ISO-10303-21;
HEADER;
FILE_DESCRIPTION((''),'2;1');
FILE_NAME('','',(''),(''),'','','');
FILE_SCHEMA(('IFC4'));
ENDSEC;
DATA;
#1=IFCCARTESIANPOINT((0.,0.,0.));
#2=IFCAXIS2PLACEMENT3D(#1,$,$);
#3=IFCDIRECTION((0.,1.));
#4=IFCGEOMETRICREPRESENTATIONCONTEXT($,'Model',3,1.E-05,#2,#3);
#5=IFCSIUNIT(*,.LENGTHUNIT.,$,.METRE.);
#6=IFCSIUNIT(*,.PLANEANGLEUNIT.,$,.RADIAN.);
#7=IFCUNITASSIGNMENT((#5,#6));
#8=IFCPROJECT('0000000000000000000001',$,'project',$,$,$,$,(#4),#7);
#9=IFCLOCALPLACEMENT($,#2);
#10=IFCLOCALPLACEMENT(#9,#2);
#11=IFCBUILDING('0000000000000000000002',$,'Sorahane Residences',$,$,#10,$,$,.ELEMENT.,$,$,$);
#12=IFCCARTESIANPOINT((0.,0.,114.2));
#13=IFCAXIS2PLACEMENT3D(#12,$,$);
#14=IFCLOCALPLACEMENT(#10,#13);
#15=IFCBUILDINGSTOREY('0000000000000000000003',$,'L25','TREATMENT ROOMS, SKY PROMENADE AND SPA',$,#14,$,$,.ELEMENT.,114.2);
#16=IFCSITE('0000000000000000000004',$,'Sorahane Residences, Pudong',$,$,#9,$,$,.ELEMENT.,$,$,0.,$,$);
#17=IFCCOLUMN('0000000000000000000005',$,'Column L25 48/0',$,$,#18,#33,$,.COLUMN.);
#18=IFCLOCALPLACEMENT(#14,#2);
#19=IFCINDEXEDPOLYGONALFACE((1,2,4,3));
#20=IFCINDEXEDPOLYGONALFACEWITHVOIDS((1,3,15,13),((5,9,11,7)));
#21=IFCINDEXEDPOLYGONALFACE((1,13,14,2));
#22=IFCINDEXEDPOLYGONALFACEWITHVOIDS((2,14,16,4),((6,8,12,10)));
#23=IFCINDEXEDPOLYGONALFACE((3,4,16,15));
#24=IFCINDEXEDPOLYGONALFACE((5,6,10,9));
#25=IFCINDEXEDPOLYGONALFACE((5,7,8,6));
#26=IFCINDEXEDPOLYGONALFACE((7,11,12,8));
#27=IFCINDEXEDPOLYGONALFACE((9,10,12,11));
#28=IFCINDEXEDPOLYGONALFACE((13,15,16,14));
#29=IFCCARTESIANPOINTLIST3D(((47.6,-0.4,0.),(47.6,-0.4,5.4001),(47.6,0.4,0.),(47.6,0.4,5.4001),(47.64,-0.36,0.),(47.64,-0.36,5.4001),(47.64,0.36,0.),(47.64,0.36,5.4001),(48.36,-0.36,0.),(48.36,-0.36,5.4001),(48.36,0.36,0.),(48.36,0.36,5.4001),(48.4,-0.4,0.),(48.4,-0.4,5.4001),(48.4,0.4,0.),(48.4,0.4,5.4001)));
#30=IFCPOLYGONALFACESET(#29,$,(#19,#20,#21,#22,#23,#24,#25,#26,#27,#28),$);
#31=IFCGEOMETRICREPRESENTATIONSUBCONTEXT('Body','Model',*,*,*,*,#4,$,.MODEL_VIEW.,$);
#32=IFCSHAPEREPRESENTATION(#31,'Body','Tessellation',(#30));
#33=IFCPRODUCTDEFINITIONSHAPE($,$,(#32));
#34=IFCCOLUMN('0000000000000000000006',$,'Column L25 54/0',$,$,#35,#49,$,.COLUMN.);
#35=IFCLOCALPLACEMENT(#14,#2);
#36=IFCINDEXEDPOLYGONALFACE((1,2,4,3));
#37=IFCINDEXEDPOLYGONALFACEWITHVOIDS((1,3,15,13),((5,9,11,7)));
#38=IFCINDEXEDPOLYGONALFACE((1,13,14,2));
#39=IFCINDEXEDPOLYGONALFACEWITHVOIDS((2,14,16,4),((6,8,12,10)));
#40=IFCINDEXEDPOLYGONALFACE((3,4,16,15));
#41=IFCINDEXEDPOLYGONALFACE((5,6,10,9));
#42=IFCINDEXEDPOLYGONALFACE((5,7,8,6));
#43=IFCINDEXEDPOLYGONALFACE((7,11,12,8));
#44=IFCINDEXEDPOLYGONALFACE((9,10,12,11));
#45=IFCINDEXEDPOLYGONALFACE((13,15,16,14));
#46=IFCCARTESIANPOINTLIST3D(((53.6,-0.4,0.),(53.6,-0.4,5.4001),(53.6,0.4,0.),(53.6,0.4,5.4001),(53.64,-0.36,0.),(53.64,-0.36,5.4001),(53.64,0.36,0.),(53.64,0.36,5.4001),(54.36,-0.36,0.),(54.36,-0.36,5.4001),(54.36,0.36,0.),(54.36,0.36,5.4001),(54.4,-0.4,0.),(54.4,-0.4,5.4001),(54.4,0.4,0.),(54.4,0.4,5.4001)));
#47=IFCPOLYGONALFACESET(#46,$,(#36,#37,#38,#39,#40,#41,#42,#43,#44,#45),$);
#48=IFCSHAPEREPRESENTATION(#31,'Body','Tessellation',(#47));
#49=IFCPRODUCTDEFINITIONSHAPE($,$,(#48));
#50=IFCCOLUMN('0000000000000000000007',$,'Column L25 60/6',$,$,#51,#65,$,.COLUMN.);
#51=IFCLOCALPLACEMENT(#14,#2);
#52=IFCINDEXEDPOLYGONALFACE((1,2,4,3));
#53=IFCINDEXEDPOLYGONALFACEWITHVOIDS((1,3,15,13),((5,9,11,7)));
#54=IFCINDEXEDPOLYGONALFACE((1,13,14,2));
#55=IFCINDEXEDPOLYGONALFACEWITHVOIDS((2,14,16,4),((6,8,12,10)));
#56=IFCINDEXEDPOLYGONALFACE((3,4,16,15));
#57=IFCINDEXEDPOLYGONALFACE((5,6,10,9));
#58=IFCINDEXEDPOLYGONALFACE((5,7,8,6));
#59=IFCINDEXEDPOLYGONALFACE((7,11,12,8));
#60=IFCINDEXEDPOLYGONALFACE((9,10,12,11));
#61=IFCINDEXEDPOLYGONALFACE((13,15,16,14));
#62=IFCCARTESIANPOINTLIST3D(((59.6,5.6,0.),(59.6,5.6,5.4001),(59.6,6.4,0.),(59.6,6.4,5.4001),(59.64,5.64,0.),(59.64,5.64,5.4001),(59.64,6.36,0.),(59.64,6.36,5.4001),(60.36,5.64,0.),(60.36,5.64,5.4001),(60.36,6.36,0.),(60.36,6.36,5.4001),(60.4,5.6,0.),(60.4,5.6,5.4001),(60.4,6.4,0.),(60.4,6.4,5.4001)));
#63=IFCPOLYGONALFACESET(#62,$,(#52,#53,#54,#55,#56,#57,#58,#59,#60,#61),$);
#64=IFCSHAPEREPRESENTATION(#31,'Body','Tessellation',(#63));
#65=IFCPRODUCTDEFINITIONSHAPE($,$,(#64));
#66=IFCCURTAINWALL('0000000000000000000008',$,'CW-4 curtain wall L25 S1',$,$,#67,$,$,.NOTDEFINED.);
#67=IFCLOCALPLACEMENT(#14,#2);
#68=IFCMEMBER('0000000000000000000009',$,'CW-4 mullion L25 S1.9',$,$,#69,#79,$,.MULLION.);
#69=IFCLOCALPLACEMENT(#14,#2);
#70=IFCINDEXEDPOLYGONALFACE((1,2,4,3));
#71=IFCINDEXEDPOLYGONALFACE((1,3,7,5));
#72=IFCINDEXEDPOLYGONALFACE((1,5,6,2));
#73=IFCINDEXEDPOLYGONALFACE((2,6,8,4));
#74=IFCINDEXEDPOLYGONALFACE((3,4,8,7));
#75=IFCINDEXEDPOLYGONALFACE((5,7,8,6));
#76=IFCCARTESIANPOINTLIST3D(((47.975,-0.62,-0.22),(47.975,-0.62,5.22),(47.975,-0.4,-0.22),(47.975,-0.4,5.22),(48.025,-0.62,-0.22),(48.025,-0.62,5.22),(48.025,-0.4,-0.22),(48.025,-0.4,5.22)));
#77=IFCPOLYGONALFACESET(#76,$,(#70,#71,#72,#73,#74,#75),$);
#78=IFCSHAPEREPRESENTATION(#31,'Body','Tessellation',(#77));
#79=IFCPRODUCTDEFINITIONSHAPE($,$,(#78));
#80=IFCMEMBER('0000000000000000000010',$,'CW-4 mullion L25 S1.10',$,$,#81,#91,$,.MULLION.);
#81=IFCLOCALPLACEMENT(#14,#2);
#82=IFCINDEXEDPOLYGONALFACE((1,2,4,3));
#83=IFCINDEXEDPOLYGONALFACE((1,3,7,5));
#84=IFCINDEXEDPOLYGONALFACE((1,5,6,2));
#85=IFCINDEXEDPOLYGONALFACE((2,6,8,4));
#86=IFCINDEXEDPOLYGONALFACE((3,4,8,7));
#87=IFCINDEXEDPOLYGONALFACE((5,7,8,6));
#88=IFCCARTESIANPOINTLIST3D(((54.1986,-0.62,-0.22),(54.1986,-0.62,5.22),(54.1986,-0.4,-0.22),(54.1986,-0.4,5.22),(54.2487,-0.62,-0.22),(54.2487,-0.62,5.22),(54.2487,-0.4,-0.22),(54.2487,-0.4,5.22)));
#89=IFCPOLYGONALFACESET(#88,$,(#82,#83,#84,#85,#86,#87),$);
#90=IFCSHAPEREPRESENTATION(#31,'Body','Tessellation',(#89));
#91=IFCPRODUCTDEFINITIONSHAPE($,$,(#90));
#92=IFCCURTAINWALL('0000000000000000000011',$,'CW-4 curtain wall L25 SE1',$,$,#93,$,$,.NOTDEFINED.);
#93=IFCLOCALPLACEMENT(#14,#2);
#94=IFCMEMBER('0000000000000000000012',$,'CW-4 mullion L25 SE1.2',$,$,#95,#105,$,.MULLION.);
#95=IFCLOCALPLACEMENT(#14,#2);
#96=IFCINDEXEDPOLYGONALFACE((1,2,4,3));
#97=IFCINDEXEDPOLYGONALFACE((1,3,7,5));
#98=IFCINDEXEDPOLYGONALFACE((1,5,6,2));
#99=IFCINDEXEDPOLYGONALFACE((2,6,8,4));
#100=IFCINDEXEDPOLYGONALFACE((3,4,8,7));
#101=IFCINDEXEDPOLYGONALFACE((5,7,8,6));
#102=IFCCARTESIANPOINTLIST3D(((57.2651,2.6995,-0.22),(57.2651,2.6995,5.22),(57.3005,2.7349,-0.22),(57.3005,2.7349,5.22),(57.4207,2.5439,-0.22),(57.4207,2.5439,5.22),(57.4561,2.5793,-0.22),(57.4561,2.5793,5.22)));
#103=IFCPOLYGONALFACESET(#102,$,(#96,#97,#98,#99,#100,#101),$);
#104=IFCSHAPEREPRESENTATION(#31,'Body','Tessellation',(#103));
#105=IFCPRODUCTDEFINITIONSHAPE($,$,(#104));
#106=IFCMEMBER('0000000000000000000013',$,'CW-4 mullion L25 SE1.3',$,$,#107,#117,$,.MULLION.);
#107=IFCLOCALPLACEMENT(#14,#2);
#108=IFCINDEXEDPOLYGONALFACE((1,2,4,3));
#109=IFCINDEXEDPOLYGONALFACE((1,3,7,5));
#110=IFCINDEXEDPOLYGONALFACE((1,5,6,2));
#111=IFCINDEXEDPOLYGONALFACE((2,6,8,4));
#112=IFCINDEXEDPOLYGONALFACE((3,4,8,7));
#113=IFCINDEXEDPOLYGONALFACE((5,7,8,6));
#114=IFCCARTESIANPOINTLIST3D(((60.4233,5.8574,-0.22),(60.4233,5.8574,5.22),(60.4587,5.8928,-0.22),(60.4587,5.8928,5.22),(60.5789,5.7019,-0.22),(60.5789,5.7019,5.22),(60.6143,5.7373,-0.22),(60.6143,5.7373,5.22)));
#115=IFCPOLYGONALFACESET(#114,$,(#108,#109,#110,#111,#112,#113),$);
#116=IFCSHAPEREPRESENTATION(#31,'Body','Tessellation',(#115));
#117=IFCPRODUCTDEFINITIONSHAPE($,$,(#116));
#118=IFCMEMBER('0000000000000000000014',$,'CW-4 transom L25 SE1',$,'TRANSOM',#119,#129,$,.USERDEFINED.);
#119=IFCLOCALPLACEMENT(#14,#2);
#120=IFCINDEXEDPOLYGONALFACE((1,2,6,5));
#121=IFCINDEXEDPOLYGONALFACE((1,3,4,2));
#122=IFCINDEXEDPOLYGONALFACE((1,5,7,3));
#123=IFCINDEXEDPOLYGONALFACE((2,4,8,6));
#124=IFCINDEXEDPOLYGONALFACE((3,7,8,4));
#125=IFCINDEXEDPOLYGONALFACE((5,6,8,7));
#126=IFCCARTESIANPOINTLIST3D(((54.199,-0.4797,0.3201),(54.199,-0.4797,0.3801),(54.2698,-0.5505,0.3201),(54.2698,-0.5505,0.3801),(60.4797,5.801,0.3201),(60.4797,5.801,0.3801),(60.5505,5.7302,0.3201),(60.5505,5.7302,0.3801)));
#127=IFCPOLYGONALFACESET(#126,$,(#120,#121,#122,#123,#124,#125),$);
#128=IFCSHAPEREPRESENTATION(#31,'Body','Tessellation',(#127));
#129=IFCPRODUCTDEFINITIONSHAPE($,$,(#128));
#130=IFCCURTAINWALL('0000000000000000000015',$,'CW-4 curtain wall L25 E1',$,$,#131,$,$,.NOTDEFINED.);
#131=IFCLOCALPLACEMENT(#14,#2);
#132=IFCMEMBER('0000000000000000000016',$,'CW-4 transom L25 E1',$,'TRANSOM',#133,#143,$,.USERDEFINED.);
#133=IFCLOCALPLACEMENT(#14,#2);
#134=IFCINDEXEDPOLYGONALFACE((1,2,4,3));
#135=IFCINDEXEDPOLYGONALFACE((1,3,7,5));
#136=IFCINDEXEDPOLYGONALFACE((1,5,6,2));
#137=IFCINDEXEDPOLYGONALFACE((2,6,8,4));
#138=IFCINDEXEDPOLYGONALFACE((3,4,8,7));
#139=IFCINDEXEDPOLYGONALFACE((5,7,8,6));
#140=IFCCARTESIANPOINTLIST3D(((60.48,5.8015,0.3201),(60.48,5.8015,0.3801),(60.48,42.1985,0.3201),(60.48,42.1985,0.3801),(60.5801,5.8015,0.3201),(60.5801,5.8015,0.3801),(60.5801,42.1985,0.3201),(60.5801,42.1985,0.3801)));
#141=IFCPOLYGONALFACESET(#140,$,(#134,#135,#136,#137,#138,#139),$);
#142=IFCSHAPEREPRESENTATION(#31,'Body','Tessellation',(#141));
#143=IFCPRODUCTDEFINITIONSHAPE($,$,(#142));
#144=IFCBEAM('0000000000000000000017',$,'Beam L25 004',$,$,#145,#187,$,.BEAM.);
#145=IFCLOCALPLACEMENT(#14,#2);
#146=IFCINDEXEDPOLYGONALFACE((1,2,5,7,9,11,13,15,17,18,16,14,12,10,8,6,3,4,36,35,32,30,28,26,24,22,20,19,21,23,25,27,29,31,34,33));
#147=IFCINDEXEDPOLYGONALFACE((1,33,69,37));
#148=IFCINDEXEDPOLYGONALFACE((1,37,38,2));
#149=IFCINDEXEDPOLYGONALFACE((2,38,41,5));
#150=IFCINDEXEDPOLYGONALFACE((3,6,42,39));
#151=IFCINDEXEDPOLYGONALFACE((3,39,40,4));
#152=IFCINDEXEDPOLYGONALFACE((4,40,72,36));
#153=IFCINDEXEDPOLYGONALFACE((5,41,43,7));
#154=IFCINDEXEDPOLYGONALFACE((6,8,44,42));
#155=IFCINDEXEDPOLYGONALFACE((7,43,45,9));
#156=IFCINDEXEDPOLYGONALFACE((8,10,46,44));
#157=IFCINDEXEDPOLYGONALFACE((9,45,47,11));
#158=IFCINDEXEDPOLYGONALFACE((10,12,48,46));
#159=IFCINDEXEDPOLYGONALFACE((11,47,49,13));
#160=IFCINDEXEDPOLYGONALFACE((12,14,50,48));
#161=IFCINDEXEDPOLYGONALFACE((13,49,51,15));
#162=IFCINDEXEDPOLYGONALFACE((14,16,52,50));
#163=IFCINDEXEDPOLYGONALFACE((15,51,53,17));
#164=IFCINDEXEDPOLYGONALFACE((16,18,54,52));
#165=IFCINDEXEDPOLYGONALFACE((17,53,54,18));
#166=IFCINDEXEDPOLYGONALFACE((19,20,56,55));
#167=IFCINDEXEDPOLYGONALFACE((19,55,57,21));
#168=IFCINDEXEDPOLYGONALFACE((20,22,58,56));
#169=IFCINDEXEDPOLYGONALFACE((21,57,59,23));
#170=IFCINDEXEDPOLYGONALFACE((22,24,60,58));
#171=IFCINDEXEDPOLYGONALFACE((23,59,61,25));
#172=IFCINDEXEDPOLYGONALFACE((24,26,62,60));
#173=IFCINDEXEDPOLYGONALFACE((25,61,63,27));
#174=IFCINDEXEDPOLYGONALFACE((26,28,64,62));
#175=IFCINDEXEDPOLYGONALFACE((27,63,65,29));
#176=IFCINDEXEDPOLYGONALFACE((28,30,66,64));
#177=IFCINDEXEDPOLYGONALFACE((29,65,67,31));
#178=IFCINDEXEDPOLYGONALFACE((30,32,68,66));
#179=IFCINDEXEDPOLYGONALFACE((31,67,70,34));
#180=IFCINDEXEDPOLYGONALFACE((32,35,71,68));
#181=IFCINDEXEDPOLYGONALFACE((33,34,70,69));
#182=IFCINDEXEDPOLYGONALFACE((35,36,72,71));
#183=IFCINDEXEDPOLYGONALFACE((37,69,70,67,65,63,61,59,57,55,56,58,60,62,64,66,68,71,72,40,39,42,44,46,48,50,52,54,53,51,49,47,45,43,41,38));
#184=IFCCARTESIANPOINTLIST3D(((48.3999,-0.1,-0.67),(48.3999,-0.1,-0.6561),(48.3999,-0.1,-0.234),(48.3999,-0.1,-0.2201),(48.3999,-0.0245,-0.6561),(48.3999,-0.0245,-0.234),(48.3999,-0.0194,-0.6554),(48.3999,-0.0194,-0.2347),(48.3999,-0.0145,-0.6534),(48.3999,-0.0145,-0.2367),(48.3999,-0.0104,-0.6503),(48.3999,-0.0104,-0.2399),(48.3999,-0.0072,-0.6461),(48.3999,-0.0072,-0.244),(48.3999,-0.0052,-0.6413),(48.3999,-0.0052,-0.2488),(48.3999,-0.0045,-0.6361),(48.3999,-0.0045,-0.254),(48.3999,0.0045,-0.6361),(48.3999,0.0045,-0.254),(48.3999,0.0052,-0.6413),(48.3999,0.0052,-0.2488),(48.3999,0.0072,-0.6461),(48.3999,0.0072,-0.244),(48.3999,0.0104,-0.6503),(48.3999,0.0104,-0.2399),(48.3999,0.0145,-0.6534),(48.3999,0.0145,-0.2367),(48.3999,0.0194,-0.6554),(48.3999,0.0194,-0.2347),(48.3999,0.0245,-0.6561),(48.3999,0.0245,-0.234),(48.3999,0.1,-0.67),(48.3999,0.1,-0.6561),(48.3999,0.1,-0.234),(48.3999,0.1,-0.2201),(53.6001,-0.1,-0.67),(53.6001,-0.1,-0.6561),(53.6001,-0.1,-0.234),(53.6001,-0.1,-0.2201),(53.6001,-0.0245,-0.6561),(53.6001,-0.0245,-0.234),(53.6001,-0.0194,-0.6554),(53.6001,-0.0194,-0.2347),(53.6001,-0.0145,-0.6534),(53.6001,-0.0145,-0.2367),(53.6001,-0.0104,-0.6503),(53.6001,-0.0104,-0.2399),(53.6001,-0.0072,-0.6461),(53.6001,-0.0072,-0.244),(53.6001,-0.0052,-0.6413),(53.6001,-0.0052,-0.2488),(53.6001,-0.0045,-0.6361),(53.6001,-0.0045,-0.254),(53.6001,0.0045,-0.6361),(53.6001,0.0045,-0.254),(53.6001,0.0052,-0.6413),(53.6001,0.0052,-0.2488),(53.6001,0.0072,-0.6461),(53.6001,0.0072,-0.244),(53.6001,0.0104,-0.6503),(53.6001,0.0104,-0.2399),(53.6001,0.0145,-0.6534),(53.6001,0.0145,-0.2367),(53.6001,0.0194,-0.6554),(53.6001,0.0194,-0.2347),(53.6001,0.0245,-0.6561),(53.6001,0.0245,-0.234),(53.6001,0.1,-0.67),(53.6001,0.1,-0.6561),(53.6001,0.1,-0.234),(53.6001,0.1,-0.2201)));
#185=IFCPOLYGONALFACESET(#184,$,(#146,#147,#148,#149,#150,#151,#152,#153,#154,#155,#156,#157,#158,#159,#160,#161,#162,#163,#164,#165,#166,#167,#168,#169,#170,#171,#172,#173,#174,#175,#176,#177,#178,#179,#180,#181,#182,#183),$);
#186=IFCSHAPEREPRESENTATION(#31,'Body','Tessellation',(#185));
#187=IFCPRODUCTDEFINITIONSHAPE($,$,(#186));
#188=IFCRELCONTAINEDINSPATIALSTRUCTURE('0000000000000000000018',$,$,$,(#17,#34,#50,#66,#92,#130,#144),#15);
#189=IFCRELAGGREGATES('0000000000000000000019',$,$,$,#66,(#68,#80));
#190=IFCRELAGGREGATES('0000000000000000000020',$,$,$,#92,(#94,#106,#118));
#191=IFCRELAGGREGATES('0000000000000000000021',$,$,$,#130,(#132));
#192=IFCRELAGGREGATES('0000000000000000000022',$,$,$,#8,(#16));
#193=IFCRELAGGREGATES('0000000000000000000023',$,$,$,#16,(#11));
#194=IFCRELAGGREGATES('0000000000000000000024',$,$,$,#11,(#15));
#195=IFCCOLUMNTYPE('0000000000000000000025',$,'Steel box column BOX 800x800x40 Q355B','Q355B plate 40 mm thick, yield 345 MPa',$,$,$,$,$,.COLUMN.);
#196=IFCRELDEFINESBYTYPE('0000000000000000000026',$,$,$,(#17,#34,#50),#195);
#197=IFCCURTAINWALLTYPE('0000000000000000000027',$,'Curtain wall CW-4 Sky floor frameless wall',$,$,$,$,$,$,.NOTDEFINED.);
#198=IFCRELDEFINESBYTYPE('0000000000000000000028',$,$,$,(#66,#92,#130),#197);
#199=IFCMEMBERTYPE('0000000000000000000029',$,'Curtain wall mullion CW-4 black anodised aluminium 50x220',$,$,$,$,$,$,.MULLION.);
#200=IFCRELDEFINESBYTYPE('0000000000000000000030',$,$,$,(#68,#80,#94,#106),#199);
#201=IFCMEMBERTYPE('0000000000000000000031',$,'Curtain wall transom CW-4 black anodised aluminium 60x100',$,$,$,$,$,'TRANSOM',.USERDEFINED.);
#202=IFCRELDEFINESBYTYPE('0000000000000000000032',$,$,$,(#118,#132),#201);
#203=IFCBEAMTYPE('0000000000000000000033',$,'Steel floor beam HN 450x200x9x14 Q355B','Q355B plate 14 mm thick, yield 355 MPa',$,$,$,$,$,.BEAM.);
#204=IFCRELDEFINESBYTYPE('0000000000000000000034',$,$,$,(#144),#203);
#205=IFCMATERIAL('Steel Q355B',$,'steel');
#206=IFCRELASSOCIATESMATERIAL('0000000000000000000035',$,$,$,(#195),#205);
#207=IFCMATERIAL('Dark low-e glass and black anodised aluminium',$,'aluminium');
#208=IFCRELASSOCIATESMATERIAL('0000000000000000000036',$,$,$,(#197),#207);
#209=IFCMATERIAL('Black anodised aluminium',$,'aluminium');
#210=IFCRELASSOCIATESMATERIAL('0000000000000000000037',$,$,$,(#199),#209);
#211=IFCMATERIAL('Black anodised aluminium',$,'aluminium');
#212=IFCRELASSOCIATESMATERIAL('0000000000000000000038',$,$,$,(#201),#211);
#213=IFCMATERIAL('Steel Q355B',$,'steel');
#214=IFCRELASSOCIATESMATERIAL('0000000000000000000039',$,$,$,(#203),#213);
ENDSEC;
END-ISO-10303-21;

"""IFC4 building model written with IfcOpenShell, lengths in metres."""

from ifc_helpers import new_model, si_unit, direction, frame, origin, origin_2d, place, context, subcontext, project, spatial, rectangle, hollow_rectangle, i_section, extrude, material, material_profile, profile_set, type_object, element, aggregate, save


model = new_model("IFC4")

# Units and contexts
model_context = context("Model", 3, precision=1e-05, world=origin(), true_north=direction((0.0, 1.0)))
body_context = subcontext(model_context, "Body", "Model", "MODEL_VIEW")
ifc_project = project(units=[si_unit("LENGTHUNIT", "METRE"), si_unit("PLANEANGLEUNIT", "RADIAN")], contexts=[model_context])

# Site, building, storey
site_placement = place(None, origin())
site = spatial("IfcSite", under=ifc_project, at=site_placement, Name="Sorahane Residences, Pudong", CompositionType="ELEMENT", RefElevation=0.0)
building_placement = place(site_placement, origin())
building = spatial("IfcBuilding", under=site, at=building_placement, Name="Sorahane Residences", CompositionType="ELEMENT")
storey_placement = place(building_placement, frame((0.0, 0.0, 114.2)))
storey = spatial("IfcBuildingStorey", under=building, at=storey_placement, Name="L25", Description="TREATMENT ROOMS, SKY PROMENADE AND SPA", CompositionType="ELEMENT", Elevation=114.2)

# Columns
ifc_material_1 = material(Name="Steel Q355B", Category="steel")
ifc_material_profile_1 = material_profile(ifc_material_1, hollow_rectangle(XDim=0.8, YDim=0.8, WallThickness=0.04, at=origin_2d()), Name="BOX 800x800x40")
ifc_profile_set_1 = profile_set([ifc_material_profile_1], Name="Steel Q355B")
column_type = type_object("IfcColumnType", Name="Steel box column BOX 800x800x40 Q355B", Description="Q355B plate 40 mm thick, yield 345 MPa", PredefinedType="COLUMN", material=ifc_profile_set_1)
for number, where, z_axis, x_axis, name in (
    (1, (48.0, 0.0, 0.0), (0.0, 0.0, 1.0), (1.0, 0.0, 0.0), "Column L25 48/0"),
    (2, (54.0, 0.0, 0.0), (0.0, 0.0, 1.0), (1.0, 0.0, 0.0), "Column L25 54/0"),
    (3, (60.0, 6.0, 0.0), (0.0, 0.0, 1.0), (1.0, 0.0, 0.0), "Column L25 60/6"),
):
    element("IfcColumn", number, at=place(storey_placement, frame(where, z_axis=z_axis, x_axis=x_axis)), inside=storey, type_object=column_type, Name=name, PredefinedType="COLUMN", context=body_context, shape_type="SweptSolid", body=[
        extrude(hollow_rectangle(XDim=0.8, YDim=0.8, WallThickness=0.04, at=origin_2d()), origin(), (0.0, 0.0, 1.0), 5.4001),
    ])

# Curtain walls, members
ifc_material_2 = material(Name="Dark low-e glass and black anodised aluminium", Category="aluminium")
curtain_wall_type = type_object("IfcCurtainWallType", Name="Curtain wall CW-4 Sky floor frameless wall", PredefinedType="NOTDEFINED", material=ifc_material_2)
curtain_wall_1_placement = place(storey_placement, origin())
curtain_wall_1 = element("IfcCurtainWall", 4, at=curtain_wall_1_placement, inside=storey, type_object=curtain_wall_type, Name="CW-4 curtain wall L25 S1", PredefinedType="NOTDEFINED")
ifc_material_3 = material(Name="Black anodised aluminium", Category="aluminium")
ifc_material_profile_2 = material_profile(ifc_material_3, rectangle(XDim=0.22, YDim=0.05, at=origin_2d()), Name="Curtain wall mullion CW-4 black anodised aluminium 50x220")
ifc_profile_set_2 = profile_set([ifc_material_profile_2], Name="Black anodised aluminium")
member_type_1 = type_object("IfcMemberType", Name="Curtain wall mullion CW-4 black anodised aluminium 50x220", PredefinedType="MULLION", material=ifc_profile_set_2)
member_1_placement = place(storey_placement, frame((48.0, -0.51, -0.22), z_axis=(0.0, 0.0, 1.0), x_axis=(0.0, -1.0, 0.0)))
member_1 = element("IfcMember", 5, at=member_1_placement, type_object=member_type_1, Name="CW-4 mullion L25 S1.9", PredefinedType="MULLION", context=body_context, shape_type="SweptSolid", body=[
    extrude(rectangle(XDim=0.22, YDim=0.05, at=origin_2d()), origin(), (0.0, 0.0, 1.0), 5.4399),
])
member_2_placement = place(storey_placement, frame((54.2236, -0.51, -0.22), z_axis=(0.0, 0.0, 1.0), x_axis=(0.0, -1.0, 0.0)))
member_2 = element("IfcMember", 6, at=member_2_placement, type_object=member_type_1, Name="CW-4 mullion L25 S1.10", PredefinedType="MULLION", context=body_context, shape_type="SweptSolid", body=[
    extrude(rectangle(XDim=0.22, YDim=0.05, at=origin_2d()), origin(), (0.0, 0.0, 1.0), 5.4399),
])
curtain_wall_2_placement = place(storey_placement, origin())
curtain_wall_2 = element("IfcCurtainWall", 7, at=curtain_wall_2_placement, inside=storey, type_object=curtain_wall_type, Name="CW-4 curtain wall L25 SE1", PredefinedType="NOTDEFINED")
member_3_placement = place(storey_placement, frame((57.3606, 2.6394, -0.22), z_axis=(0.0, 0.0, 1.0), x_axis=(0.707107, -0.707107, 0.0)))
member_3 = element("IfcMember", 8, at=member_3_placement, type_object=member_type_1, Name="CW-4 mullion L25 SE1.2", PredefinedType="MULLION", context=body_context, shape_type="SweptSolid", body=[
    extrude(rectangle(XDim=0.22, YDim=0.05, at=origin_2d()), origin(), (0.0, 0.0, 1.0), 5.4399),
])
member_4_placement = place(storey_placement, frame((60.5188, 5.7974, -0.22), z_axis=(0.0, 0.0, 1.0), x_axis=(0.707107, -0.707107, 0.0)))
member_4 = element("IfcMember", 9, at=member_4_placement, type_object=member_type_1, Name="CW-4 mullion L25 SE1.3", PredefinedType="MULLION", context=body_context, shape_type="SweptSolid", body=[
    extrude(rectangle(XDim=0.22, YDim=0.05, at=origin_2d()), origin(), (0.0, 0.0, 1.0), 5.4399),
])
ifc_material_4 = material(Name="Black anodised aluminium", Category="aluminium")
ifc_material_profile_3 = material_profile(ifc_material_4, rectangle(XDim=0.1001, YDim=0.0601, at=origin_2d()), Name="Curtain wall transom CW-4 black anodised aluminium 60x100")
ifc_profile_set_3 = profile_set([ifc_material_profile_3], Name="Black anodised aluminium")
member_type_2 = type_object("IfcMemberType", Name="Curtain wall transom CW-4 black anodised aluminium 60x100", ElementType="TRANSOM", PredefinedType="USERDEFINED", material=ifc_profile_set_3)
member_5_placement = place(storey_placement, frame((54.2344, -0.5151, 0.3501), z_axis=(0.707107, 0.707107, 0.0), x_axis=(-0.707107, 0.707107, 0.0)))
member_5 = element("IfcMember", 10, at=member_5_placement, type_object=member_type_2, Name="CW-4 transom L25 SE1", ObjectType="TRANSOM", PredefinedType="USERDEFINED", context=body_context, shape_type="SweptSolid", body=[
    extrude(rectangle(XDim=0.1001, YDim=0.0601, at=origin_2d()), origin(), (0.0, 0.0, 1.0), 8.8823),
])

# Curtain wall, member
curtain_wall_3_placement = place(storey_placement, origin())
curtain_wall_3 = element("IfcCurtainWall", 11, at=curtain_wall_3_placement, inside=storey, type_object=curtain_wall_type, Name="CW-4 curtain wall L25 E1", PredefinedType="NOTDEFINED")
member_6_placement = place(storey_placement, frame((60.53, 5.8015, 0.3501), z_axis=(0.0, 1.0, 0.0), x_axis=(-1.0, 0.0, 0.0)))
member_6 = element("IfcMember", 12, at=member_6_placement, type_object=member_type_2, Name="CW-4 transom L25 E1", ObjectType="TRANSOM", PredefinedType="USERDEFINED", context=body_context, shape_type="SweptSolid", body=[
    extrude(rectangle(XDim=0.1001, YDim=0.0601, at=origin_2d()), origin(), (0.0, 0.0, 1.0), 36.397),
])

# Beam
ifc_material_5 = material(Name="Steel Q355B", Category="steel")
ifc_material_profile_4 = material_profile(ifc_material_5, i_section(OverallWidth=0.2, OverallDepth=0.45, WebThickness=0.009, FlangeThickness=0.0139, FilletRadius=0.02, at=origin_2d()), Name="HN 450x200x9x14")
ifc_profile_set_4 = profile_set([ifc_material_profile_4], Name="Steel Q355B")
beam_type_1 = type_object("IfcBeamType", Name="Steel floor beam HN 450x200x9x14 Q355B", Description="Q355B plate 14 mm thick, yield 355 MPa", PredefinedType="BEAM", material=ifc_profile_set_4)
for number, where, z_axis, x_axis, name in (
    (13, (48.3999, 0.0, -0.4451), (1.0, 0.0, 0.0), (0.0, 1.0, 0.0), "Beam L25 004"),
):
    element("IfcBeam", number, at=place(storey_placement, frame(where, z_axis=z_axis, x_axis=x_axis)), inside=storey, type_object=beam_type_1, Name=name, PredefinedType="BEAM", context=body_context, shape_type="SweptSolid", body=[
        extrude(i_section(OverallWidth=0.2, OverallDepth=0.45, WebThickness=0.009, FlangeThickness=0.0139, FilletRadius=0.02, at=origin_2d()), origin(), (0.0, 0.0, 1.0), 5.2002),
    ])

aggregate(curtain_wall_1, [member_1, member_2])
aggregate(curtain_wall_2, [member_3, member_4, member_5])
aggregate(curtain_wall_3, [member_6])

save(model, "model.ifc")
